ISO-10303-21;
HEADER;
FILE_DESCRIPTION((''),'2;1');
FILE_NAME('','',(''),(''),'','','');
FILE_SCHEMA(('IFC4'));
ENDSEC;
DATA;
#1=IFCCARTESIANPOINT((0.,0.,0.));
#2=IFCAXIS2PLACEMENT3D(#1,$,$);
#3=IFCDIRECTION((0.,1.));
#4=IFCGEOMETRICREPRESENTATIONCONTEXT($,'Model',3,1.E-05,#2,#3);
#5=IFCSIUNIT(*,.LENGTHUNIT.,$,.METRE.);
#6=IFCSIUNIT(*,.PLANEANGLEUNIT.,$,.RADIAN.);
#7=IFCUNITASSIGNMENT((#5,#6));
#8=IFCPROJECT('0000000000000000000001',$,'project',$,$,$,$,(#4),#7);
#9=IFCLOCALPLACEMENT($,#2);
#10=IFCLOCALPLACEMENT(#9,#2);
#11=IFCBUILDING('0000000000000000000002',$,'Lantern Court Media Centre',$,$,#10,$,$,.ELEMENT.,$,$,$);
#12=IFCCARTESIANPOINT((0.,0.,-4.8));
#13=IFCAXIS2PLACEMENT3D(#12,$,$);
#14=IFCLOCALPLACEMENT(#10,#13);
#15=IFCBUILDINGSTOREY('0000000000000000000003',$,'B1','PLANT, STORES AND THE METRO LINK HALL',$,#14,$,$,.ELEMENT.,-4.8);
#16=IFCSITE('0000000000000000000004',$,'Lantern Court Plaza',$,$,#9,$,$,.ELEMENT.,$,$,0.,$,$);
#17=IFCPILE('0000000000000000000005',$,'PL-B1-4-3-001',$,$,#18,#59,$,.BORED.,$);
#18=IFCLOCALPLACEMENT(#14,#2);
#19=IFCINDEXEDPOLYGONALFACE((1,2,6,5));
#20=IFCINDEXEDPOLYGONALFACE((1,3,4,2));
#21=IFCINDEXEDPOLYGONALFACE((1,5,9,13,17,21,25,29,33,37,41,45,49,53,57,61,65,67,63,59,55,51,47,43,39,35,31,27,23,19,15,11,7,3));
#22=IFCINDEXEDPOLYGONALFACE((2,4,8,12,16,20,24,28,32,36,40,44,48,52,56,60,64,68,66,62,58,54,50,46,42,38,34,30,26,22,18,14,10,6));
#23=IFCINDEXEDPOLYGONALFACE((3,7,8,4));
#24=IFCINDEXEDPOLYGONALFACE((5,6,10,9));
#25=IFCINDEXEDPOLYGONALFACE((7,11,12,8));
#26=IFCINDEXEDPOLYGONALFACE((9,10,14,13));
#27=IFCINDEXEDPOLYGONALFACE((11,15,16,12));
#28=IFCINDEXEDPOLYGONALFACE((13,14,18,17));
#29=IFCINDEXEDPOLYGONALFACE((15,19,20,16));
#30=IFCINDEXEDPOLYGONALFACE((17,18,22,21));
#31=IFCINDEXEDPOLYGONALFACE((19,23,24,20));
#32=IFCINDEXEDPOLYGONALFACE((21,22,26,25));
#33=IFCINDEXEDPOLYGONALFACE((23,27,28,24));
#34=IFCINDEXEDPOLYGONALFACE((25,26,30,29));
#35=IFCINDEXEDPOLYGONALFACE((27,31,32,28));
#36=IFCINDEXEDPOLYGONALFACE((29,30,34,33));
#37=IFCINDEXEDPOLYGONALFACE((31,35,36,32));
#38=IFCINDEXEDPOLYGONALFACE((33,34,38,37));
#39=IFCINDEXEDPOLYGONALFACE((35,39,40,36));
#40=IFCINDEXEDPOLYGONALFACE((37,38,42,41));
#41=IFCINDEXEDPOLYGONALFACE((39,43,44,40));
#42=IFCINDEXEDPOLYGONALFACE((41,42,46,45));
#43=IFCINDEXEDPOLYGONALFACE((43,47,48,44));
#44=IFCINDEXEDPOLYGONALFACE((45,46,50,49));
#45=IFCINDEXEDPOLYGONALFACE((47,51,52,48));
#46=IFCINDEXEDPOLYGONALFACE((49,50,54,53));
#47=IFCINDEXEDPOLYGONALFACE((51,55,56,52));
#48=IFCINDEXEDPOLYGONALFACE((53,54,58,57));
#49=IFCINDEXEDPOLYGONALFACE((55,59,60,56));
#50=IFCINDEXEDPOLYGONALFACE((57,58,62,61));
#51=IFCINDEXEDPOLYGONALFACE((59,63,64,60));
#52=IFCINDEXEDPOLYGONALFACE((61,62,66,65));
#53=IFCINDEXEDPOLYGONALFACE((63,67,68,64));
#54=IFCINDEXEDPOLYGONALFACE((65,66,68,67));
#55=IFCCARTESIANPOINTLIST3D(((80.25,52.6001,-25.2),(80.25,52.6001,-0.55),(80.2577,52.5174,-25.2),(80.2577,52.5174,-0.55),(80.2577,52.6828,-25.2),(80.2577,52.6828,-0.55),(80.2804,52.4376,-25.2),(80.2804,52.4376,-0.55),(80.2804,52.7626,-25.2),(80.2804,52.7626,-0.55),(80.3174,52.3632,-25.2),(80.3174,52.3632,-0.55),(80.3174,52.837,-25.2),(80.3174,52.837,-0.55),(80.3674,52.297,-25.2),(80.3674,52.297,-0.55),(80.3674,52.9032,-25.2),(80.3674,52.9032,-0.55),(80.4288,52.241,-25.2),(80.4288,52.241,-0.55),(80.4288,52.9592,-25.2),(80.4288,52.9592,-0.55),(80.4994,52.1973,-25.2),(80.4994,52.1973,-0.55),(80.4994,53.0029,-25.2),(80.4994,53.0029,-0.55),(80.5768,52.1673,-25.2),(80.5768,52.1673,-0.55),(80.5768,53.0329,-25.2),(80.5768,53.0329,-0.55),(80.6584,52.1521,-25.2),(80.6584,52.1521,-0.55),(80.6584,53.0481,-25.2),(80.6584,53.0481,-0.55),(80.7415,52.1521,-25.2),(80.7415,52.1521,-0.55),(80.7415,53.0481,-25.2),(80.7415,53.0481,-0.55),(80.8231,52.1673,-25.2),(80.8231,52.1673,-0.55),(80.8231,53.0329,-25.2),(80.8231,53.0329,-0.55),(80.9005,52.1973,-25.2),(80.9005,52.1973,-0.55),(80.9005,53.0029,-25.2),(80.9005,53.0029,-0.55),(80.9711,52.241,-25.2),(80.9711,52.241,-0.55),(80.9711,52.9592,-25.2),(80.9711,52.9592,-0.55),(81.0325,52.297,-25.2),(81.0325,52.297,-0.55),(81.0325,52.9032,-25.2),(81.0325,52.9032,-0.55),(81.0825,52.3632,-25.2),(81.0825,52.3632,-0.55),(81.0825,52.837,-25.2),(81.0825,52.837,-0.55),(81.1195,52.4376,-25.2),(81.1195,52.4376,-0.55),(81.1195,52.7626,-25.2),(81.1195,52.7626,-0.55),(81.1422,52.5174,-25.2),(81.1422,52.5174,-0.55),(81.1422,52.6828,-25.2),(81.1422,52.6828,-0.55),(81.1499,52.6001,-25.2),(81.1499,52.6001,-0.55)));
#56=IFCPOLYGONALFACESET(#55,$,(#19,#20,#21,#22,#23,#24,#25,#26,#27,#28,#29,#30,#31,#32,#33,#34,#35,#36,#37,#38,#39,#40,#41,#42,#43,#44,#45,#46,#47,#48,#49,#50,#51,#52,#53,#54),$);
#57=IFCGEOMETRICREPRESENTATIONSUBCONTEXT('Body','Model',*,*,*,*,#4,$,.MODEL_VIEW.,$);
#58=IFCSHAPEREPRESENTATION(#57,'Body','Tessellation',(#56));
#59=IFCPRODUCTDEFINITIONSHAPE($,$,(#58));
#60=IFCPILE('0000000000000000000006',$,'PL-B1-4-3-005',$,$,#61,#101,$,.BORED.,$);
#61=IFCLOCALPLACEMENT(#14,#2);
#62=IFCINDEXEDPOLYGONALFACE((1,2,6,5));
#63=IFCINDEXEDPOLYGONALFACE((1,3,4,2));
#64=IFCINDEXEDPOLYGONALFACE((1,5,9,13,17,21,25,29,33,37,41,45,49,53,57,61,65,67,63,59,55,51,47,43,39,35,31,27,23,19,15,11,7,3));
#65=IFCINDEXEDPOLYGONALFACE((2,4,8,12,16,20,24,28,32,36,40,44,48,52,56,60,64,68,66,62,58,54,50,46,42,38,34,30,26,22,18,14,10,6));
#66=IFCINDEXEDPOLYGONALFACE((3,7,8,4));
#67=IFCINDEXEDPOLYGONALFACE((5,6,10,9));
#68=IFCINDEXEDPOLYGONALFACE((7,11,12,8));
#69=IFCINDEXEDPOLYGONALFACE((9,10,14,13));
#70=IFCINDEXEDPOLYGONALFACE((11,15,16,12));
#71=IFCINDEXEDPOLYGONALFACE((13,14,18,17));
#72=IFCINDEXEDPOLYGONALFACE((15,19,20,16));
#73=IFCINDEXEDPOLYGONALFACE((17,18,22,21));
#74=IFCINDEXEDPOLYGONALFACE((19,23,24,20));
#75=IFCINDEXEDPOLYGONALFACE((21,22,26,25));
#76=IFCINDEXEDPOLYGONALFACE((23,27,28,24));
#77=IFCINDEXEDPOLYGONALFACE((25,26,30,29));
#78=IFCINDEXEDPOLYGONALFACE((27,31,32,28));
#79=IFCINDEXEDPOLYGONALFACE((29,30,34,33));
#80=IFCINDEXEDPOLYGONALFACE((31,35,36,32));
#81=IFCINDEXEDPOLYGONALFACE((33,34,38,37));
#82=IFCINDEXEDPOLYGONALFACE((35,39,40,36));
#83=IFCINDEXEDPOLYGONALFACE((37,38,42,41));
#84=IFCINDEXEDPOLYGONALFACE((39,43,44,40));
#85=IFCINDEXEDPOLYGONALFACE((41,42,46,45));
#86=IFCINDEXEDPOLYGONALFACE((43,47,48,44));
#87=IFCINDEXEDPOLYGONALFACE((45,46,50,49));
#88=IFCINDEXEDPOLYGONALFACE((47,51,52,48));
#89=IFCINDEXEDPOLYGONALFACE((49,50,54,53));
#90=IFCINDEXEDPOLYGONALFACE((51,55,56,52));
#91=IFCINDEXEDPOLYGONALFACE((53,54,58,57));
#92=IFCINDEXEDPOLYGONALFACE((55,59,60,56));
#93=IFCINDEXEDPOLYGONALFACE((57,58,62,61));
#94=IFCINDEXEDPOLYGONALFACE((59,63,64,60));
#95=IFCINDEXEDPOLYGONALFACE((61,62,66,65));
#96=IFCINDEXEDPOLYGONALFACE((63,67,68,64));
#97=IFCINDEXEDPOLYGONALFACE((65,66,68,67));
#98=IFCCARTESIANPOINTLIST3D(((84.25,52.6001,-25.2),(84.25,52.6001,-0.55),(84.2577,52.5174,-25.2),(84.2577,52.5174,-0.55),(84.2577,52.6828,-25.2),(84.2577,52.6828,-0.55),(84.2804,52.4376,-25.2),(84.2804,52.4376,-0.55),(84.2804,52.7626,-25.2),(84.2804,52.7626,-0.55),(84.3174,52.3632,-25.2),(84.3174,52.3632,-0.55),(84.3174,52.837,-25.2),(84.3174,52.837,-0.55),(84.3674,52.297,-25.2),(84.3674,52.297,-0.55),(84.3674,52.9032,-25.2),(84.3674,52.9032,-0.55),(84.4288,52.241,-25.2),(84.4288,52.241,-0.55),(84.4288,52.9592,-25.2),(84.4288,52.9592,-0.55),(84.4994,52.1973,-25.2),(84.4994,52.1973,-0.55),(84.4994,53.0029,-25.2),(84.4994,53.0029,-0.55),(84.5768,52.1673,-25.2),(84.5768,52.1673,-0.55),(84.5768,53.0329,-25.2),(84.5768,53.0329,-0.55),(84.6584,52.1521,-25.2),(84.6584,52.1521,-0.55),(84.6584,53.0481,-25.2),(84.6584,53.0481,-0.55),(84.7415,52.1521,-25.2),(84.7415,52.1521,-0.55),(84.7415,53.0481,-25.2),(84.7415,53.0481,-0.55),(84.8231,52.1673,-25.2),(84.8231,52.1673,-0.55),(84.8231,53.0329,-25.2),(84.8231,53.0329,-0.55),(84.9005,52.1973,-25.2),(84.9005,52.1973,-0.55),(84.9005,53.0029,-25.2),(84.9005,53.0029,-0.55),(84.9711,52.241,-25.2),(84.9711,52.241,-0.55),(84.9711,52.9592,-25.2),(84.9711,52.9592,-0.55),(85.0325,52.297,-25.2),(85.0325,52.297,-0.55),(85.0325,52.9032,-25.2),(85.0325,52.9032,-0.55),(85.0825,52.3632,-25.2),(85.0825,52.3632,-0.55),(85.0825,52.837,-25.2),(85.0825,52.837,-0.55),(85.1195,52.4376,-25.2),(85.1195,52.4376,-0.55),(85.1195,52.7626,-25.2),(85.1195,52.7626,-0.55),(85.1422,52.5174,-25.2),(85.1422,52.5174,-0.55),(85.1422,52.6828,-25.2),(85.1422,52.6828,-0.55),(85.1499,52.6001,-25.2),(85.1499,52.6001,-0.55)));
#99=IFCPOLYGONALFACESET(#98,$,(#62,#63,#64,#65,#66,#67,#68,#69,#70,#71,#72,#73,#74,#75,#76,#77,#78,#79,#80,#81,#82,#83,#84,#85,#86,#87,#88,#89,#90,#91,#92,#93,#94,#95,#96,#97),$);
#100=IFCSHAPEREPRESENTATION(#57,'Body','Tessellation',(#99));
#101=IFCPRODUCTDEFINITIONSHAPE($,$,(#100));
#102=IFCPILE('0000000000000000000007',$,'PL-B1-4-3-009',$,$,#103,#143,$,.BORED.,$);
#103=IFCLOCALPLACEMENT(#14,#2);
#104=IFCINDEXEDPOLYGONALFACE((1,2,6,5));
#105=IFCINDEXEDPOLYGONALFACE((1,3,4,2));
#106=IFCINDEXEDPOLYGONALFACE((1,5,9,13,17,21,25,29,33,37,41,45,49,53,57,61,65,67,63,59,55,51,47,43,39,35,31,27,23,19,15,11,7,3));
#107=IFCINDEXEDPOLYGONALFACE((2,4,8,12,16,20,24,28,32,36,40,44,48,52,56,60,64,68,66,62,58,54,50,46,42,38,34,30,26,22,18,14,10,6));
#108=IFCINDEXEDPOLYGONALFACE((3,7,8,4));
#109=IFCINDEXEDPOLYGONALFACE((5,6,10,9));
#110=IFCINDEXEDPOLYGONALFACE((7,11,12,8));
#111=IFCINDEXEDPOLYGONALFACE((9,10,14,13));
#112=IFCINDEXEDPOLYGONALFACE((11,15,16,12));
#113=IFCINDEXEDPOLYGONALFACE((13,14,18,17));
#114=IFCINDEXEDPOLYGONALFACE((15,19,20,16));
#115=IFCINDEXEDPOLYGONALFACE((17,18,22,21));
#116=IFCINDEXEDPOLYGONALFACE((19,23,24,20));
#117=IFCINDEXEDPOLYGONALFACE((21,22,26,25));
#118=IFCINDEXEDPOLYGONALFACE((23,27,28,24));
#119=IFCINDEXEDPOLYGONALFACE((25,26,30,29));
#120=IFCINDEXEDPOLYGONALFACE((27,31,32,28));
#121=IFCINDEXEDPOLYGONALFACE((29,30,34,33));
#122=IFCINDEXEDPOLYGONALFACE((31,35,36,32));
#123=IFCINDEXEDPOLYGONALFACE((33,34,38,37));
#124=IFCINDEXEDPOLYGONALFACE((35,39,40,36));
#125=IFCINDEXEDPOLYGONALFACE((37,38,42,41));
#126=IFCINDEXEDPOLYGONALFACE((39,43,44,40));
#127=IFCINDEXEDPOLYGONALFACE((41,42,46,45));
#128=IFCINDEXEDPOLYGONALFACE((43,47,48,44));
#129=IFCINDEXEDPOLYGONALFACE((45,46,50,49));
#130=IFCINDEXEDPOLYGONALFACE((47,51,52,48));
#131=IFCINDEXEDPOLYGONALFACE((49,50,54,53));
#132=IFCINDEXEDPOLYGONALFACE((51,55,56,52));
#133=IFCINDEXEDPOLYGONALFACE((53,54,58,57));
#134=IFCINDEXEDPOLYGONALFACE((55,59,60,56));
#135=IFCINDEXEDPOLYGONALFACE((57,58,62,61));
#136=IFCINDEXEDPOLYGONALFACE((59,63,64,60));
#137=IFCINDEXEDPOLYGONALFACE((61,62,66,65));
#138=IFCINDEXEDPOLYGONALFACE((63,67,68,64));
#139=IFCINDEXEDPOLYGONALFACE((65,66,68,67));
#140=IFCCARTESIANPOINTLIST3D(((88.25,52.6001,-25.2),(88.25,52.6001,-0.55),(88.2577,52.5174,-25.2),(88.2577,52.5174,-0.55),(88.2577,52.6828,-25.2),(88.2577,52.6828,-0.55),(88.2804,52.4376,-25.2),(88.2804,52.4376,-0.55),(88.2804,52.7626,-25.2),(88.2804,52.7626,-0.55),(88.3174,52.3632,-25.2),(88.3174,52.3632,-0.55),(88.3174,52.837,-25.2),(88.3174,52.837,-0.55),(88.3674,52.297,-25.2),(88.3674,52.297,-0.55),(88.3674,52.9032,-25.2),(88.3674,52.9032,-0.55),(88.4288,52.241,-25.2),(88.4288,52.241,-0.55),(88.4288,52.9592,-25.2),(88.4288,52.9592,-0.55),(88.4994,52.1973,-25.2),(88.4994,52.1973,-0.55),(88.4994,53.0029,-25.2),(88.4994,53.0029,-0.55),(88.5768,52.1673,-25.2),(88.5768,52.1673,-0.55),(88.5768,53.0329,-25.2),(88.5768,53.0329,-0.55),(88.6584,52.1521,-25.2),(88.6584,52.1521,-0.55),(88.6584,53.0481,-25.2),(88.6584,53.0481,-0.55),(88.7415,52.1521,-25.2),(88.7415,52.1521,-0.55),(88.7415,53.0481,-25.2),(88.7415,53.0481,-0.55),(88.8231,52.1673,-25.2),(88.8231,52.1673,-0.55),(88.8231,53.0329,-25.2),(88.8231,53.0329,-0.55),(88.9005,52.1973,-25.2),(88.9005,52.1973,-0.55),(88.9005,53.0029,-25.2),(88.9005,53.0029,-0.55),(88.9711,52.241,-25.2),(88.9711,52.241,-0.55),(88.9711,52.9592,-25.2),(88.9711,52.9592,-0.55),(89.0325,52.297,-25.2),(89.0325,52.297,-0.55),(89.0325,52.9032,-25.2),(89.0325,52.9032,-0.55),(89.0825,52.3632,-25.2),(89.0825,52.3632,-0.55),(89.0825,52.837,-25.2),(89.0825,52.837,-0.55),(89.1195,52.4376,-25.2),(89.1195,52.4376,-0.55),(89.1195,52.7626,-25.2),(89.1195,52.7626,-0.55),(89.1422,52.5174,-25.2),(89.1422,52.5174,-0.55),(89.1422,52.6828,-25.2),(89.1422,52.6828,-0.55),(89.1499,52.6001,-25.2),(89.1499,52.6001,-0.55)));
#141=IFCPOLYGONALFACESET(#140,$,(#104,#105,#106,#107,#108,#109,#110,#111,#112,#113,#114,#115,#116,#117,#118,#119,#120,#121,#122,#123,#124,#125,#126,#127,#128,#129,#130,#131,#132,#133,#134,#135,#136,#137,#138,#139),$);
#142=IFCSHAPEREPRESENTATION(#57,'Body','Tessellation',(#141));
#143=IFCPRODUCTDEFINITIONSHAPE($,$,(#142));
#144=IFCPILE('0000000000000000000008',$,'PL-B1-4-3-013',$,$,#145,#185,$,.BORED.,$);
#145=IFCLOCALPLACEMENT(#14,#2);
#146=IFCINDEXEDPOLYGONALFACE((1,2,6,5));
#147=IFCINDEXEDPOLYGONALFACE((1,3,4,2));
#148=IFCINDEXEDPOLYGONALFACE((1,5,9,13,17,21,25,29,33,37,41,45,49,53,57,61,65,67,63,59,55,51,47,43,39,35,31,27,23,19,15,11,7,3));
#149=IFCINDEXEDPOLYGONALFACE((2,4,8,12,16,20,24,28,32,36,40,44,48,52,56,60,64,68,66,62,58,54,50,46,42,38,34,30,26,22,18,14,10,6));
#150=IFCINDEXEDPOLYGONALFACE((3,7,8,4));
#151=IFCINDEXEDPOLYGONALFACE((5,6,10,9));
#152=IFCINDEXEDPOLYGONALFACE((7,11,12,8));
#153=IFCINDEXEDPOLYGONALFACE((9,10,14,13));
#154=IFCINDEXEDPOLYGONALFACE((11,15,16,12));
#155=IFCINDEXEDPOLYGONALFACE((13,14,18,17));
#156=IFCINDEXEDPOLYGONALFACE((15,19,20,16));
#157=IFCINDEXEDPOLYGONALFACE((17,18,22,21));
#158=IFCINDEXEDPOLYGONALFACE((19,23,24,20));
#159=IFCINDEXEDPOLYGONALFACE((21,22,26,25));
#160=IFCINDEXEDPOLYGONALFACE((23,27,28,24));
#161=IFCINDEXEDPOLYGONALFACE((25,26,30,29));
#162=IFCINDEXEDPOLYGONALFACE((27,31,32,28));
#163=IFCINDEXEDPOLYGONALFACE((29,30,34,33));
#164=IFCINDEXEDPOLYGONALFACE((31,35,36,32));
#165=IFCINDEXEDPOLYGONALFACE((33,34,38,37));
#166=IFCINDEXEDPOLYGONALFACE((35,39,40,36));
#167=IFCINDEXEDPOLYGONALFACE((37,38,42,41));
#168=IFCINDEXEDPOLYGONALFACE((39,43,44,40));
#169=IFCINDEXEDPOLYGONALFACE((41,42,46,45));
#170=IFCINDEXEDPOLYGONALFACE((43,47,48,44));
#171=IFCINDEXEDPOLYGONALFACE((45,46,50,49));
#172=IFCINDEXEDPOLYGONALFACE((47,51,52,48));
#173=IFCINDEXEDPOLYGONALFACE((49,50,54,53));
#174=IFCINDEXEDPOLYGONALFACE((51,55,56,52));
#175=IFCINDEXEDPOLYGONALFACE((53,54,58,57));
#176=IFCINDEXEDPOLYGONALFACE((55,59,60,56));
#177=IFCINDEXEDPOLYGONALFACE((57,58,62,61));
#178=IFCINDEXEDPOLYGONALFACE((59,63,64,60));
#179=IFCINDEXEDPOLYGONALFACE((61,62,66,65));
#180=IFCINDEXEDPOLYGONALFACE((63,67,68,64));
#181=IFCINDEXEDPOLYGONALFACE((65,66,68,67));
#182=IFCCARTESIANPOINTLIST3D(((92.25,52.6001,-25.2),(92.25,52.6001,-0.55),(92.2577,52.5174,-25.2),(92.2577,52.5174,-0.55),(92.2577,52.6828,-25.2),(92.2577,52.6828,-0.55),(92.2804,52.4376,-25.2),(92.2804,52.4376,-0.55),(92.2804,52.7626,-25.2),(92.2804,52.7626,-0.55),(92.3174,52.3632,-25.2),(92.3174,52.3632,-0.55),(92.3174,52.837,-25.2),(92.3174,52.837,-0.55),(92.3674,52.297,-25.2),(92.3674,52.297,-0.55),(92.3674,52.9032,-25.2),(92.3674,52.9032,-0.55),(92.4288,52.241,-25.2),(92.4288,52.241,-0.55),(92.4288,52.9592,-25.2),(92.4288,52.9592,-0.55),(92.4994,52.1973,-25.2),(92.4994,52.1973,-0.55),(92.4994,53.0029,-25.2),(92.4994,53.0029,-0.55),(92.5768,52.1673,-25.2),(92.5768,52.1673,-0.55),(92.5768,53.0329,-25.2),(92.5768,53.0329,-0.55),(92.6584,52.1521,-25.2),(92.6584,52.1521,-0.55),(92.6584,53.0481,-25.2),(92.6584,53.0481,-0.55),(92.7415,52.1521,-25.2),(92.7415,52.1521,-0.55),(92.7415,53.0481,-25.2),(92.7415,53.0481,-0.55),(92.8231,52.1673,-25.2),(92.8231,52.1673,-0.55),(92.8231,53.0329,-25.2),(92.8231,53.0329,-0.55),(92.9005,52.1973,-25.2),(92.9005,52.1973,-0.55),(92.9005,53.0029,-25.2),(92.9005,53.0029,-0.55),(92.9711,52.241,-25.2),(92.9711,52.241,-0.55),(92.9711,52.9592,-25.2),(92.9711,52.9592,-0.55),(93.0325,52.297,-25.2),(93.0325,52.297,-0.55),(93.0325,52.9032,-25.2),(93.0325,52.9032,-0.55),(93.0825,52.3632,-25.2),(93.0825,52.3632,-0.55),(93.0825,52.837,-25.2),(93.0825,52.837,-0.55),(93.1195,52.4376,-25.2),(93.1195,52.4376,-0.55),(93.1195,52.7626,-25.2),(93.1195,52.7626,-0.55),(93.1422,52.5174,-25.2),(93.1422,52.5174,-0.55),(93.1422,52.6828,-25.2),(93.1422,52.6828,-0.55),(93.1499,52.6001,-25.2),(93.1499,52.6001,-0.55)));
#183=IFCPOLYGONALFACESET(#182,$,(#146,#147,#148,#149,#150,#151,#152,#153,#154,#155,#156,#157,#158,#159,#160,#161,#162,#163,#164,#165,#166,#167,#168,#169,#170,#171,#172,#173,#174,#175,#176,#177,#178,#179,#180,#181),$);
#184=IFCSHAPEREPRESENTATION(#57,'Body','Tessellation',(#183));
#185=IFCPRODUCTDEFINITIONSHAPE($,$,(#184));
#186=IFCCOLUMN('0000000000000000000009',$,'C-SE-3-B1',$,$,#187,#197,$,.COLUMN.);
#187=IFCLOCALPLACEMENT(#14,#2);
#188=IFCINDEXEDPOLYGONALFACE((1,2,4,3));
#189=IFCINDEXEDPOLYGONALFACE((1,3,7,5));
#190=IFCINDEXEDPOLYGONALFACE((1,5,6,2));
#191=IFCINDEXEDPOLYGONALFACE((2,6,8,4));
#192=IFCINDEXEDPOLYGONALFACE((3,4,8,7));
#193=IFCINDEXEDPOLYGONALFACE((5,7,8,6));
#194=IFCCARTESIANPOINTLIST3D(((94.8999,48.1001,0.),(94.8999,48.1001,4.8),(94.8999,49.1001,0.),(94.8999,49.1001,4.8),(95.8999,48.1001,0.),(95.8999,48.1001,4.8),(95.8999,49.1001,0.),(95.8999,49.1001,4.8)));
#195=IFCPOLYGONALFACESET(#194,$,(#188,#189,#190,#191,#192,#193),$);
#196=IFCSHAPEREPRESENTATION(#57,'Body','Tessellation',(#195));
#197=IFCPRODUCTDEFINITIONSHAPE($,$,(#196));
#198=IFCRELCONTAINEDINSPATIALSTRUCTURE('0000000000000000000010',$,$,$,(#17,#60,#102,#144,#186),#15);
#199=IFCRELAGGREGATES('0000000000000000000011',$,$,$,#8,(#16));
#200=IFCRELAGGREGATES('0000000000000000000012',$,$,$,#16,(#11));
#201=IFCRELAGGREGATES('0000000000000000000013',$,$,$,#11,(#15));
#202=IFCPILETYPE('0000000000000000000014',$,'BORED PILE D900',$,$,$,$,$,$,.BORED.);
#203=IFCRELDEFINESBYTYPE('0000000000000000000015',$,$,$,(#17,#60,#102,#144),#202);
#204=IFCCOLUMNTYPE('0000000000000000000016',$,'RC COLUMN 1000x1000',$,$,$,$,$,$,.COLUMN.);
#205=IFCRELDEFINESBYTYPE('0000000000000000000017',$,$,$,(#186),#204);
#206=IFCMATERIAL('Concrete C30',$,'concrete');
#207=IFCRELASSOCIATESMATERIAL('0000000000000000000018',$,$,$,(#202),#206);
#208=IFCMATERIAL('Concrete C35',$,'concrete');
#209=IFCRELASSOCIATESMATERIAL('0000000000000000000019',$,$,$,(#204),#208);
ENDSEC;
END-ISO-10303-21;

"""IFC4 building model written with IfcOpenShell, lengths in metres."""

from ifc_helpers import new_model, si_unit, direction, frame, origin, origin_2d, place, context, subcontext, project, spatial, rectangle, circle, extrude, material, material_profile, profile_set, type_object, element, save


model = new_model("IFC4")

# Units and contexts
model_context = context("Model", 3, precision=1e-05, world=origin(), true_north=direction((0.0, 1.0)))
body_context = subcontext(model_context, "Body", "Model", "MODEL_VIEW")
ifc_project = project(units=[si_unit("LENGTHUNIT", "METRE"), si_unit("PLANEANGLEUNIT", "RADIAN")], contexts=[model_context])

# Site, building, storey
site_placement = place(None, origin())
site = spatial("IfcSite", under=ifc_project, at=site_placement, Name="Lantern Court Plaza", CompositionType="ELEMENT", RefElevation=0.0)
building_placement = place(site_placement, origin())
building = spatial("IfcBuilding", under=site, at=building_placement, Name="Lantern Court Media Centre", CompositionType="ELEMENT")
storey_placement = place(building_placement, frame((0.0, 0.0, -4.8)))
storey = spatial("IfcBuildingStorey", under=building, at=storey_placement, Name="B1", Description="PLANT, STORES AND THE METRO LINK HALL", CompositionType="ELEMENT", Elevation=-4.8)

# Piles
ifc_material_1 = material(Name="Concrete C30", Category="concrete")
ifc_material_profile_1 = material_profile(ifc_material_1, circle(Radius=0.45, at=origin_2d()), Name="D900")
ifc_profile_set_1 = profile_set([ifc_material_profile_1], Name="Concrete C30")
pile_type = type_object("IfcPileType", Name="BORED PILE D900", PredefinedType="BORED", material=ifc_profile_set_1)
for number, where, z_axis, x_axis, name in (
    (1, (80.7, 52.6001, -0.55), (0.0, 0.0, -1.0), (1.0, 0.0, 0.0), "PL-B1-4-3-001"),
    (2, (84.7, 52.6001, -0.55), (0.0, 0.0, -1.0), (1.0, 0.0, 0.0), "PL-B1-4-3-005"),
    (3, (88.7, 52.6001, -0.55), (0.0, 0.0, -1.0), (1.0, 0.0, 0.0), "PL-B1-4-3-009"),
    (4, (92.7, 52.6001, -0.55), (0.0, 0.0, -1.0), (1.0, 0.0, 0.0), "PL-B1-4-3-013"),
):
    element("IfcPile", number, at=place(storey_placement, frame(where, z_axis=z_axis, x_axis=x_axis)), inside=storey, type_object=pile_type, Name=name, PredefinedType="BORED", context=body_context, shape_type="SweptSolid", body=[
        extrude(circle(Radius=0.45, at=origin_2d()), origin(), (0.0, 0.0, 1.0), 24.6499),
    ])

# Column
ifc_material_2 = material(Name="Concrete C35", Category="concrete")
ifc_material_profile_2 = material_profile(ifc_material_2, rectangle(XDim=1.0, YDim=1.0, at=origin_2d()), Name="RC 1000x1000")
ifc_profile_set_2 = profile_set([ifc_material_profile_2], Name="Concrete C35")
column_type = type_object("IfcColumnType", Name="RC COLUMN 1000x1000", PredefinedType="COLUMN", material=ifc_profile_set_2)
column_placement = place(storey_placement, frame((95.3999, 48.6001, 0.0), z_axis=(0.0, 0.0, 1.0), x_axis=(1.0, 0.0, 0.0)))
element("IfcColumn", 5, at=column_placement, inside=storey, type_object=column_type, Name="C-SE-3-B1", PredefinedType="COLUMN", context=body_context, shape_type="SweptSolid", body=[
    extrude(rectangle(XDim=1.0, YDim=1.0, at=origin_2d()), origin(), (0.0, 0.0, 1.0), 4.8),
])

save(model, "model.ifc")
